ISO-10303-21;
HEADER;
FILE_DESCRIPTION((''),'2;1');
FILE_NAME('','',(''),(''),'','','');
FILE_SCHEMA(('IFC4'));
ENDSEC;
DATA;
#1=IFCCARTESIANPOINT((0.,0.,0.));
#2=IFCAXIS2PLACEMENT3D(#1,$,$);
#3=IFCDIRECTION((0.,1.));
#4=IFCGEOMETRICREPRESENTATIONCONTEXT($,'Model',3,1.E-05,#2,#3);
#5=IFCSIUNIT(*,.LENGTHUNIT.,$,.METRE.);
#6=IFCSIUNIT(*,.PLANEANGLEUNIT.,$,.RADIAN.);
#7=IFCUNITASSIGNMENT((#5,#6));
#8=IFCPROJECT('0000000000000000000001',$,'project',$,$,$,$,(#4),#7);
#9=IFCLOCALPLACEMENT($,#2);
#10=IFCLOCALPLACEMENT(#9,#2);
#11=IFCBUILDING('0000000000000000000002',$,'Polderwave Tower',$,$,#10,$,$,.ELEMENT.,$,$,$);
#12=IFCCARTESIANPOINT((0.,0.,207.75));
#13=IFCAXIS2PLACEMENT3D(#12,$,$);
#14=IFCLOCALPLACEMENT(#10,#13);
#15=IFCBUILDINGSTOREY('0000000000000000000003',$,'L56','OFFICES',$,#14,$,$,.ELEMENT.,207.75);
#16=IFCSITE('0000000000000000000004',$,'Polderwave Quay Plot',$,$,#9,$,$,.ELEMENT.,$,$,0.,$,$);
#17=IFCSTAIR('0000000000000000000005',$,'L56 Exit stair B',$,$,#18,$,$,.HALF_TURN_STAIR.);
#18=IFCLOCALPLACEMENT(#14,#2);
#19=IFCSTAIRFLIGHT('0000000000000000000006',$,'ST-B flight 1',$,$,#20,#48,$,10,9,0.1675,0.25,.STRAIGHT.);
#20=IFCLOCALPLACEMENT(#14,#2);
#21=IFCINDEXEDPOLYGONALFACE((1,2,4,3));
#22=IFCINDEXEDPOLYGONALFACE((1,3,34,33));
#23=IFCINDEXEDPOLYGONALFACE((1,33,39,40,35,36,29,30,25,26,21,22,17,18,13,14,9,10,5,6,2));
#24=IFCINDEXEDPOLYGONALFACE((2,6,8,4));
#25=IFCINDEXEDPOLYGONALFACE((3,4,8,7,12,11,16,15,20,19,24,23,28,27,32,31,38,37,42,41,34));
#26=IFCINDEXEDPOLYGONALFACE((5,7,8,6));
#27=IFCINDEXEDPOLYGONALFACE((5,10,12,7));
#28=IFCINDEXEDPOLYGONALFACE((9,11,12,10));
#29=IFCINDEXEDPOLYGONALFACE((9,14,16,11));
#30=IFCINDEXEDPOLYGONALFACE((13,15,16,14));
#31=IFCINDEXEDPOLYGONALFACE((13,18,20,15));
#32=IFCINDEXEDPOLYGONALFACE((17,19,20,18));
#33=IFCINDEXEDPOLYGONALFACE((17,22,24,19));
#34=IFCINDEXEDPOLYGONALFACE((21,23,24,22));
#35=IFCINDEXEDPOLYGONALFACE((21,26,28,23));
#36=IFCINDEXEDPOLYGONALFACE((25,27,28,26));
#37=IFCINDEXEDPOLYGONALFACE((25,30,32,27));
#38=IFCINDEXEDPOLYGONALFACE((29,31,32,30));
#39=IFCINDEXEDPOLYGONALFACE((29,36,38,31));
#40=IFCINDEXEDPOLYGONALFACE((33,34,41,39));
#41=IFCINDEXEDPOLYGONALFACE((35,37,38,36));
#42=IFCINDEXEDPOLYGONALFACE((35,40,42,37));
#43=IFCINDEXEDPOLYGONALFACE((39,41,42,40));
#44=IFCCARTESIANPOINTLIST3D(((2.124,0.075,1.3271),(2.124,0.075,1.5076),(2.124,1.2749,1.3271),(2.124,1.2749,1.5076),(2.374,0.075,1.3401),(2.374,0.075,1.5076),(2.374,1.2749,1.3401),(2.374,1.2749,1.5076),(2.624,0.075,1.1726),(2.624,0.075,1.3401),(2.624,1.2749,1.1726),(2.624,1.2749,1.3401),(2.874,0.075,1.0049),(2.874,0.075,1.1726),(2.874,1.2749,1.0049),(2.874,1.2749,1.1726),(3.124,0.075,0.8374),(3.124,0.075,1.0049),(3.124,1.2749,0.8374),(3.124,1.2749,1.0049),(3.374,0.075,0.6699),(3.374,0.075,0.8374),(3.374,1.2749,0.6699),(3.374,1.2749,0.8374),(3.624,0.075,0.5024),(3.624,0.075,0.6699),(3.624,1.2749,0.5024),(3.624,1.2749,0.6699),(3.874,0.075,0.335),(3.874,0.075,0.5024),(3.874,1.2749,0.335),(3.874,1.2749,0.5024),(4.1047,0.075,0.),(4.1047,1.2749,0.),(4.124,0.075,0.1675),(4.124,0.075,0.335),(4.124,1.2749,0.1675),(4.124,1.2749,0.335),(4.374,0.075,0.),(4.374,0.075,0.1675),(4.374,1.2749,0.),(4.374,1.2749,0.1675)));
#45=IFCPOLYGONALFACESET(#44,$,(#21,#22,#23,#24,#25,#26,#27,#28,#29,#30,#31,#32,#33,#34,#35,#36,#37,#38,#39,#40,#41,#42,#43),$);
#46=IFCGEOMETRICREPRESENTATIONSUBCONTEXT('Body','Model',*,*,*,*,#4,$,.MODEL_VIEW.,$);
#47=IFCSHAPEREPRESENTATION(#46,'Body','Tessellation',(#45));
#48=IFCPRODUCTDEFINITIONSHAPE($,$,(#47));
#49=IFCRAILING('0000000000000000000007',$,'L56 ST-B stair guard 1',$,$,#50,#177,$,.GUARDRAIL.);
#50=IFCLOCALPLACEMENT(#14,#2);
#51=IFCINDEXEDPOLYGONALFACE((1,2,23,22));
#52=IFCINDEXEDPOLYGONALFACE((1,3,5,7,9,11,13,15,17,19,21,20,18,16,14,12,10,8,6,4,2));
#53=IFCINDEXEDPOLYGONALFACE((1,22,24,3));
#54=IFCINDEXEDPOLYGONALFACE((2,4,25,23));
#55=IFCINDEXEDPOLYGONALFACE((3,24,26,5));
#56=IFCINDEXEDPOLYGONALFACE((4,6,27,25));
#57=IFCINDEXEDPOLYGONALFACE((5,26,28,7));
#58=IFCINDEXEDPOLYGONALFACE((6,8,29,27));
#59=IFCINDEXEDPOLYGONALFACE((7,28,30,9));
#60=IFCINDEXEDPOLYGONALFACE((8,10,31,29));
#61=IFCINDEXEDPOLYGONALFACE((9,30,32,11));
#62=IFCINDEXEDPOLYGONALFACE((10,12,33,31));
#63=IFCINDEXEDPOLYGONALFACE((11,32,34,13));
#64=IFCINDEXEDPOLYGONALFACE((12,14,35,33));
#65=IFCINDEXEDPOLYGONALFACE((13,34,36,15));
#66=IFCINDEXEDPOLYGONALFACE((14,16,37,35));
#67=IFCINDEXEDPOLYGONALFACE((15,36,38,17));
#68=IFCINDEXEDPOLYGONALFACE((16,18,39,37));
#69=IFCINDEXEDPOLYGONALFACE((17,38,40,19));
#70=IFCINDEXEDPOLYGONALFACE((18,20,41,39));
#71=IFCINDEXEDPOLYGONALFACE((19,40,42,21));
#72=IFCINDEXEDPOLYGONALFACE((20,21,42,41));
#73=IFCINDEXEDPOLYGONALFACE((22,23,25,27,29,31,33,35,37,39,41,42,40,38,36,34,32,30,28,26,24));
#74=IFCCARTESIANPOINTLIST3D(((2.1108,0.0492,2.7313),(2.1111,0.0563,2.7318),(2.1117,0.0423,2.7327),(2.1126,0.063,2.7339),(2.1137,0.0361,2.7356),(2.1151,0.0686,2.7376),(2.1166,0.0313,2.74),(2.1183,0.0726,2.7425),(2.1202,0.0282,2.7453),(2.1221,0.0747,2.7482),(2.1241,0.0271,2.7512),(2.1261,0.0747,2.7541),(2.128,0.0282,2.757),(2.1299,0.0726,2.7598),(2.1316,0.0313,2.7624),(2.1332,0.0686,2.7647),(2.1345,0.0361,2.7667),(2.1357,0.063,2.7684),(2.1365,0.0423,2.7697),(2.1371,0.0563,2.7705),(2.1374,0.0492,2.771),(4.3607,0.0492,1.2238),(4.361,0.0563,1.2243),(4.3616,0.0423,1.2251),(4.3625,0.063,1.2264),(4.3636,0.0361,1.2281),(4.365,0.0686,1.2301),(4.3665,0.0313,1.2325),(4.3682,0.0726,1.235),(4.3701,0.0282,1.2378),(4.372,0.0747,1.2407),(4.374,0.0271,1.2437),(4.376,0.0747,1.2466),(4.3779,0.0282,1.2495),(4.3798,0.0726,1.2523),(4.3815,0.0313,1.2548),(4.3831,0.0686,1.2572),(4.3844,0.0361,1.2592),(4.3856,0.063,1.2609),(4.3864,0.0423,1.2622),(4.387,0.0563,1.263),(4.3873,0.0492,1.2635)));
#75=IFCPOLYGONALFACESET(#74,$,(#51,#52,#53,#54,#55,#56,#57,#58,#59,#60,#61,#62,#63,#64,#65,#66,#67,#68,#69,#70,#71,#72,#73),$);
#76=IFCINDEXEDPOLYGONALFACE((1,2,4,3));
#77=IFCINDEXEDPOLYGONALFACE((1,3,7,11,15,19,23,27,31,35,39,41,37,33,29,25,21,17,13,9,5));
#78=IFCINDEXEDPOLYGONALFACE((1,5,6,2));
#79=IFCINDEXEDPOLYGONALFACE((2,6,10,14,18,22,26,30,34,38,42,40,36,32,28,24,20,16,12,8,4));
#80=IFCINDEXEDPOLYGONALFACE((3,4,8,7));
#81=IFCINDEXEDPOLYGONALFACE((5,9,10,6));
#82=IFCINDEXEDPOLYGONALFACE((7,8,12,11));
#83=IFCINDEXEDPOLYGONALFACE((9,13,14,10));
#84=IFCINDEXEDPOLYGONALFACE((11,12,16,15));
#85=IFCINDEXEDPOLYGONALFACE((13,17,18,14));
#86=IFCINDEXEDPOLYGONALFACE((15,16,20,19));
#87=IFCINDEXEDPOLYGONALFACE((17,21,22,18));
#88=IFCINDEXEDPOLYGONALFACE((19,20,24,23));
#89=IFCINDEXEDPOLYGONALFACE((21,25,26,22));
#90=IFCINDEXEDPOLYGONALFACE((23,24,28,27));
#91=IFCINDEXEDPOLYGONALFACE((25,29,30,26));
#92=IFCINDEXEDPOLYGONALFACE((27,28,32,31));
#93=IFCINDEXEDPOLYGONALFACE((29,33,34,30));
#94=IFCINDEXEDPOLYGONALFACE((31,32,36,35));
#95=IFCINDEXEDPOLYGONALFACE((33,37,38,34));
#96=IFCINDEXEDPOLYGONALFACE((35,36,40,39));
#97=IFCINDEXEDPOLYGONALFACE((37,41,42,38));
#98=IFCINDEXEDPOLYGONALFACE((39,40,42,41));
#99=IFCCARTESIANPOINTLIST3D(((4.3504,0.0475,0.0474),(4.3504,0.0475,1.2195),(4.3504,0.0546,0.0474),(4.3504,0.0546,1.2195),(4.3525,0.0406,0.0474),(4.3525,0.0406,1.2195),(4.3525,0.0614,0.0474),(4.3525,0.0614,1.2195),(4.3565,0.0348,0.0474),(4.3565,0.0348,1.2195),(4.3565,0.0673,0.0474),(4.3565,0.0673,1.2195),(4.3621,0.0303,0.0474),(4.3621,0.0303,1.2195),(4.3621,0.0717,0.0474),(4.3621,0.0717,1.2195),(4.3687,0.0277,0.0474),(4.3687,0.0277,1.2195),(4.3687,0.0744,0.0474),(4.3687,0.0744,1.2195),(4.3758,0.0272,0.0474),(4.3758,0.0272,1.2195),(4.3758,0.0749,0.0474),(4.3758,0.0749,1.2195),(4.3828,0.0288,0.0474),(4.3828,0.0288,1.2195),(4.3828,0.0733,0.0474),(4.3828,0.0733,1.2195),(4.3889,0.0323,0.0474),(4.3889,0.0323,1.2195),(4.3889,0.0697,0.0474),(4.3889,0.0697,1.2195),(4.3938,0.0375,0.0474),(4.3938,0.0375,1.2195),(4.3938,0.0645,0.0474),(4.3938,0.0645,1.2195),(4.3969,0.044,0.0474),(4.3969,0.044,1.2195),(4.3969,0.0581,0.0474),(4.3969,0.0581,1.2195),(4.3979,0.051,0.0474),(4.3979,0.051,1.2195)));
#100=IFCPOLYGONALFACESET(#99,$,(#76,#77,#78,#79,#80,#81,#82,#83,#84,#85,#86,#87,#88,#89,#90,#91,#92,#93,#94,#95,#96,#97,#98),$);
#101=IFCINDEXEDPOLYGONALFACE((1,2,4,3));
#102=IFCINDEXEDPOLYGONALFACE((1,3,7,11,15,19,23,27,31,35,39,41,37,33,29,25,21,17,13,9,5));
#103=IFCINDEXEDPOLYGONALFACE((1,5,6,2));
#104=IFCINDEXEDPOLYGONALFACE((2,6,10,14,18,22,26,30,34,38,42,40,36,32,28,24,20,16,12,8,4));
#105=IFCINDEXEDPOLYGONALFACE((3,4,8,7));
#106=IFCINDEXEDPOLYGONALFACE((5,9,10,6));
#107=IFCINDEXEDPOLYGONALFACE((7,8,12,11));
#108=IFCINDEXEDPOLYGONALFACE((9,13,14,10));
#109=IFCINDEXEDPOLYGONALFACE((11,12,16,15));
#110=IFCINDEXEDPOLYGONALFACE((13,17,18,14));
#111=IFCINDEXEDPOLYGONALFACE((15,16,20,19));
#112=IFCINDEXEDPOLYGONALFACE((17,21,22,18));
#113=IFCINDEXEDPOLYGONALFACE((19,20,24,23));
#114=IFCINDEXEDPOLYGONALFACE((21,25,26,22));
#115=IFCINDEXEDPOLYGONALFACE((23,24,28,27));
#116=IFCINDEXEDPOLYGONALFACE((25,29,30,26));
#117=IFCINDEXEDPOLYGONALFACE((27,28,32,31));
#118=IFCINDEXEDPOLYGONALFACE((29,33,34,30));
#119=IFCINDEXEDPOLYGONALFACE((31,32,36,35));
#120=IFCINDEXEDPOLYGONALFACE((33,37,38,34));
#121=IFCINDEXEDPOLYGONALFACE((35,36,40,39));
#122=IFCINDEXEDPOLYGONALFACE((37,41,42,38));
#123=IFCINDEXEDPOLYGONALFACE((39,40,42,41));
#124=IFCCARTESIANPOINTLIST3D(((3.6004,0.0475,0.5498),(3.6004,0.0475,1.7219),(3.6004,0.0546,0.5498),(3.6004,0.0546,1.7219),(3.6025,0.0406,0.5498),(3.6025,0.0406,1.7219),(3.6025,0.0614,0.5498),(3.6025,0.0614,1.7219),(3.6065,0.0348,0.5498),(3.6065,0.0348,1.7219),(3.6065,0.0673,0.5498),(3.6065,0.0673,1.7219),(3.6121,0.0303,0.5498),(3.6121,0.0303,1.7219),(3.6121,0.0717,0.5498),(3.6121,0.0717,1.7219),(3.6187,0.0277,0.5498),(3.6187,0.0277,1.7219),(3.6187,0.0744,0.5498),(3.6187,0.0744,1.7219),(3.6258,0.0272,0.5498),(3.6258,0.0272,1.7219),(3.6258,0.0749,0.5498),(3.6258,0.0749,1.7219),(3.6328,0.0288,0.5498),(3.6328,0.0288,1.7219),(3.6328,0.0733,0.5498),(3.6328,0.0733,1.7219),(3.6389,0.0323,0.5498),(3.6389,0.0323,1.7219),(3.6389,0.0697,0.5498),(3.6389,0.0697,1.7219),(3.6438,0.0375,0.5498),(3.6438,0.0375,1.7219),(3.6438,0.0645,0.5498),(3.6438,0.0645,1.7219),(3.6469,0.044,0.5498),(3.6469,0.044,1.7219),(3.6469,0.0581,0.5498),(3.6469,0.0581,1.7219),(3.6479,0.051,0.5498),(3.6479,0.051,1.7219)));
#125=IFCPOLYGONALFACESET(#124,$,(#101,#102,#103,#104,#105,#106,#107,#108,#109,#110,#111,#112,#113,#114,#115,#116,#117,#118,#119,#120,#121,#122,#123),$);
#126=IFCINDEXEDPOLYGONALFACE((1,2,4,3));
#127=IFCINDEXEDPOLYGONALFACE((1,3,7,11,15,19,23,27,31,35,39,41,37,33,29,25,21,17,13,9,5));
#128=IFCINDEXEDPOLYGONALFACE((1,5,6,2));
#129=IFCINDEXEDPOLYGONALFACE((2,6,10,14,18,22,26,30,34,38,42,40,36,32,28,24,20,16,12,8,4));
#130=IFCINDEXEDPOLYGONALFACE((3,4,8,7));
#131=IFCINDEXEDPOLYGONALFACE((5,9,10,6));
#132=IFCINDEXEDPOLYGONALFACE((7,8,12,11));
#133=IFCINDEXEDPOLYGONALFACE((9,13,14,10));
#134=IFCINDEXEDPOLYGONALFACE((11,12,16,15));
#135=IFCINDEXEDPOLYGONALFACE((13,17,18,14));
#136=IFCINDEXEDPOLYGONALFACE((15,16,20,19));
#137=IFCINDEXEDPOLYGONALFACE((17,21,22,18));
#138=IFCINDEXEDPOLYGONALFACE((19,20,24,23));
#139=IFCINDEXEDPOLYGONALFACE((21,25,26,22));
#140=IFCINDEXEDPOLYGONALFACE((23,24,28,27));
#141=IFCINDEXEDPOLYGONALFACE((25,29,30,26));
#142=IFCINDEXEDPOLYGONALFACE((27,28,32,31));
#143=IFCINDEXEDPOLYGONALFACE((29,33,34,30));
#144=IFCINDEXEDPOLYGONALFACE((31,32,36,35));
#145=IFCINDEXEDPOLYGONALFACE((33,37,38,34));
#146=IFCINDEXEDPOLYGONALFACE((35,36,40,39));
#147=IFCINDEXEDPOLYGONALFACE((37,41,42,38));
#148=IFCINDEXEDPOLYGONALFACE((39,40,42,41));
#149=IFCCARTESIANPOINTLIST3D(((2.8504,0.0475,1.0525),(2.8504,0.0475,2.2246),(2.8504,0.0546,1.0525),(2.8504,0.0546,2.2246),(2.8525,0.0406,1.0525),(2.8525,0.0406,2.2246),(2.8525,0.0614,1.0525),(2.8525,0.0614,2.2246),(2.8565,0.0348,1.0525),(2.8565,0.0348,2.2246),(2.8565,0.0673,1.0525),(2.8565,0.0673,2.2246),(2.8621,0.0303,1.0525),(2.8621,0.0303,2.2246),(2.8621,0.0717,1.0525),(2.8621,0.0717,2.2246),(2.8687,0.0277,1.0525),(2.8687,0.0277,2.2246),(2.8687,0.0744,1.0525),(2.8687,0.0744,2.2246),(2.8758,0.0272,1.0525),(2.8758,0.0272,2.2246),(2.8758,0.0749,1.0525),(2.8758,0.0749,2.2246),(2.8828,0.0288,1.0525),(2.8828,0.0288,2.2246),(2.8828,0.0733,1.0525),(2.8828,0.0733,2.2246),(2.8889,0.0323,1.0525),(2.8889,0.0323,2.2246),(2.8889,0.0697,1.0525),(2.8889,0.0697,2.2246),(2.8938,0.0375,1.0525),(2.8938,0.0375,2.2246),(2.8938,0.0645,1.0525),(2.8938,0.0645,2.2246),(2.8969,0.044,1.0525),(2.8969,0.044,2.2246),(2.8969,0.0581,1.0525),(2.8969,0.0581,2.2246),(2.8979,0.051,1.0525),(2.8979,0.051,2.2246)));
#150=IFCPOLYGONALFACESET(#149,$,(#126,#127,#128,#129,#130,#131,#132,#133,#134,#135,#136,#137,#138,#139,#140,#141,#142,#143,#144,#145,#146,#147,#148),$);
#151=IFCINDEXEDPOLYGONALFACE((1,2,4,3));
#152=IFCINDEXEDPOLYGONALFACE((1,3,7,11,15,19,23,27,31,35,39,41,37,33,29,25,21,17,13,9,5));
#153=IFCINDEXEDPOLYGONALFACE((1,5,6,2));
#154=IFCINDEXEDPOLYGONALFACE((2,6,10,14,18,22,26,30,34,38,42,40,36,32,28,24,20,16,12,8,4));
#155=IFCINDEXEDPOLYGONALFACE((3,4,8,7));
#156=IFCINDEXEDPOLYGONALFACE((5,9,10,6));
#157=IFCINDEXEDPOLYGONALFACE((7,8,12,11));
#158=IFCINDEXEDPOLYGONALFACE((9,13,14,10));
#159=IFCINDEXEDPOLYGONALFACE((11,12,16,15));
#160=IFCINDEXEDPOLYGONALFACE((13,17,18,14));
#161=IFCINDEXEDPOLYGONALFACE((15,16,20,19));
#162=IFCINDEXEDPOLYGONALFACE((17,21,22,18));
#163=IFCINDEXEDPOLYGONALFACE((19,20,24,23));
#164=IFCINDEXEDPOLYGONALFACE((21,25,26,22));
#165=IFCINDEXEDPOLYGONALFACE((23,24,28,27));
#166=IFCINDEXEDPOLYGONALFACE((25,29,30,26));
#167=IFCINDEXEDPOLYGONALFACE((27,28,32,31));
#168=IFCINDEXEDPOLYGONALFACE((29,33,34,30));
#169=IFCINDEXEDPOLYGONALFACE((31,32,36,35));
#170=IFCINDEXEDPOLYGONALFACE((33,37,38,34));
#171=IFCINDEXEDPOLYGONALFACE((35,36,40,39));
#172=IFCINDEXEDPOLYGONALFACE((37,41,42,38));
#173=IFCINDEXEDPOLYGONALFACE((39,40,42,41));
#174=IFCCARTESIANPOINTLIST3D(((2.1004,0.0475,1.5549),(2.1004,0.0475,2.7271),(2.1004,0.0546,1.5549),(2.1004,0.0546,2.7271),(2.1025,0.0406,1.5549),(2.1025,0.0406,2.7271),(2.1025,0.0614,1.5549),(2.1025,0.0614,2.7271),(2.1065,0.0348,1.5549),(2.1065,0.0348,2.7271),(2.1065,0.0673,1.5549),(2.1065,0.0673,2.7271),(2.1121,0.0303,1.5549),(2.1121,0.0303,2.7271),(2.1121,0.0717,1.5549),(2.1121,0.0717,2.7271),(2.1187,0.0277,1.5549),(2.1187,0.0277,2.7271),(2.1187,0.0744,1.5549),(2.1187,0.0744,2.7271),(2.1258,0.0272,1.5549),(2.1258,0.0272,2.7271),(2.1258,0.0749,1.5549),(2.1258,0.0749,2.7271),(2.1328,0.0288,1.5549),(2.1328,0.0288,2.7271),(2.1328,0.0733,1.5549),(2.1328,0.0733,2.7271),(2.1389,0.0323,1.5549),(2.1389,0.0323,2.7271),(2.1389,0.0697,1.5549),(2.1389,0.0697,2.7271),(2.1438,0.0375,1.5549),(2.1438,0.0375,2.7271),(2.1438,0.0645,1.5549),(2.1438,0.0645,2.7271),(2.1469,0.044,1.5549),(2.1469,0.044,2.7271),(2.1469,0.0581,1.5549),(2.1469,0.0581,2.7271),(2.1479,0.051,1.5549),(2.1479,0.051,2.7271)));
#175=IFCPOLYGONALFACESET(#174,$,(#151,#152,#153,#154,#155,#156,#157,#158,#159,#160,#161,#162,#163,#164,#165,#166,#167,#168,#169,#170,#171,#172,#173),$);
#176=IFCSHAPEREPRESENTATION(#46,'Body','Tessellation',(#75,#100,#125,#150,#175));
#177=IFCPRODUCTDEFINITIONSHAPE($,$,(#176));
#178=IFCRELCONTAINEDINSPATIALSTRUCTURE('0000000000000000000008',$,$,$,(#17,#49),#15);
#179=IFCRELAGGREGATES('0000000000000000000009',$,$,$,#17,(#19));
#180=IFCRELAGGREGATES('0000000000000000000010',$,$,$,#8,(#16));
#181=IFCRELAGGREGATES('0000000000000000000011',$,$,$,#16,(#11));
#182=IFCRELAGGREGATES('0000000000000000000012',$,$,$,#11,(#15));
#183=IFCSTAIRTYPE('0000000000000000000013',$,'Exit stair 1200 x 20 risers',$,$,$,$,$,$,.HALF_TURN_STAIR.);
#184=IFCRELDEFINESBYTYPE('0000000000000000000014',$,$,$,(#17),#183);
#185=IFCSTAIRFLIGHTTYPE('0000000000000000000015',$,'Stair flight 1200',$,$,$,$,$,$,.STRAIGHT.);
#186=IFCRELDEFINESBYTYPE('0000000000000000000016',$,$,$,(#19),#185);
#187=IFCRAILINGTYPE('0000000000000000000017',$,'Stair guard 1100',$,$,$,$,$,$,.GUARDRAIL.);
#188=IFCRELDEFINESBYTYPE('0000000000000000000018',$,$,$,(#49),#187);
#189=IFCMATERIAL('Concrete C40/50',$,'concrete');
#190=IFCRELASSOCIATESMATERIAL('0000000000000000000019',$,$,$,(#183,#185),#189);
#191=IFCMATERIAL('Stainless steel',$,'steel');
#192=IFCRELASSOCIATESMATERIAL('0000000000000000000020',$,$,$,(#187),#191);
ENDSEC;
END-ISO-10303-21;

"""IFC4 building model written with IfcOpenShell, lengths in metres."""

from ifc_helpers import new_model, si_unit, direction, frame, origin, origin_2d, place, context, subcontext, project, spatial, polyline, circle, outline, extrude, material, type_object, element, aggregate, save


model = new_model("IFC4")

# Units and contexts
model_context = context("Model", 3, precision=1e-05, world=origin(), true_north=direction((0.0, 1.0)))
body_context = subcontext(model_context, "Body", "Model", "MODEL_VIEW")
ifc_project = project(units=[si_unit("LENGTHUNIT", "METRE"), si_unit("PLANEANGLEUNIT", "RADIAN")], contexts=[model_context])

# Site, building, storey
site_placement = place(None, origin())
site = spatial("IfcSite", under=ifc_project, at=site_placement, Name="Polderwave Quay Plot", CompositionType="ELEMENT", RefElevation=0.0)
building_placement = place(site_placement, origin())
building = spatial("IfcBuilding", under=site, at=building_placement, Name="Polderwave Tower", CompositionType="ELEMENT")
storey_placement = place(building_placement, frame((0.0, 0.0, 207.75)))
storey = spatial("IfcBuildingStorey", under=building, at=storey_placement, Name="L56", Description="OFFICES", CompositionType="ELEMENT", Elevation=207.75)

# Stair, stair flight
ifc_material_1 = material(Name="Concrete C40/50", Category="concrete")
stair_type = type_object("IfcStairType", Name="Exit stair 1200 x 20 risers", PredefinedType="HALF_TURN_STAIR", material=ifc_material_1)
stair_placement = place(storey_placement, origin())
stair = element("IfcStair", 1, at=stair_placement, inside=storey, type_object=stair_type, Name="L56 Exit stair B", PredefinedType="HALF_TURN_STAIR")
stair_flight_type = type_object("IfcStairFlightType", Name="Stair flight 1200", PredefinedType="STRAIGHT", material=ifc_material_1)
stair_flight_placement = place(storey_placement, frame((4.374, 0.675, 0.0), z_axis=(0.0, 0.0, 1.0), x_axis=(-1.0, 0.0, 0.0)))
stair_flight = element("IfcStairFlight", 2, at=stair_flight_placement, type_object=stair_flight_type, Name="ST-B flight 1", NumberOfRisers=10, NumberOfTreads=9, PredefinedType="STRAIGHT", RiserHeight=0.1675, TreadLength=0.25, context=body_context, shape_type="SweptSolid", body=[
    extrude(outline(polyline([(0.0, 0.0), (0.0, 0.1675), (0.25, 0.1675), (0.25, 0.335), (0.5, 0.335), (0.5, 0.5024), (0.75, 0.5024), (0.75, 0.6699), (1.0, 0.6699), (1.0, 0.8374), (1.25, 0.8374), (1.25, 1.0049), (1.5, 1.0049), (1.5, 1.1726), (1.75, 1.1726), (1.75, 1.3401), (2.0, 1.3401), (2.0, 1.5076), (2.25, 1.5076), (2.25, 1.675), (2.25, 1.3271), (0.2693, 0.0), (0.0, 0.0)])), frame((0.0, 0.6001, 0.0), z_axis=(0.0, -1.0, 0.0), x_axis=(1.0, 0.0, 0.0)), (0.0, 0.0, 1.0), 1.2),
])
aggregate(stair, [stair_flight])

# Railing
ifc_material_2 = material(Name="Stainless steel", Category="steel")
railing_type_1 = type_object("IfcRailingType", Name="Stair guard 1100", PredefinedType="GUARDRAIL", material=ifc_material_2)
railing_1_placement = place(storey_placement, frame((4.374, 0.051, 0.0474)))
element("IfcRailing", 3, at=railing_1_placement, inside=storey, type_object=railing_type_1, Name="L56 ST-B stair guard 1", PredefinedType="GUARDRAIL", context=body_context, shape_type="SweptSolid", body=[
    extrude(circle(Radius=0.0239, at=origin_2d()), frame((0.0, 0.0, 1.1963), z_axis=(-0.830758, 0.0, 0.556633), x_axis=(0.0, -1.0, 0.0)), (0.0, 0.0, 1.0), 2.7083),
    extrude(circle(Radius=0.0239, at=origin_2d()), origin(), (0.0, 0.0, 1.0), 1.1721),
    extrude(circle(Radius=0.0239, at=origin_2d()), frame((-0.75, 0.0, 0.5024)), (0.0, 0.0, 1.0), 1.1721),
    extrude(circle(Radius=0.0239, at=origin_2d()), frame((-1.5, 0.0, 1.0051)), (0.0, 0.0, 1.0), 1.1721),
    extrude(circle(Radius=0.0239, at=origin_2d()), frame((-2.25, 0.0, 1.5076)), (0.0, 0.0, 1.0), 1.1721),
])

save(model, "model.ifc")
